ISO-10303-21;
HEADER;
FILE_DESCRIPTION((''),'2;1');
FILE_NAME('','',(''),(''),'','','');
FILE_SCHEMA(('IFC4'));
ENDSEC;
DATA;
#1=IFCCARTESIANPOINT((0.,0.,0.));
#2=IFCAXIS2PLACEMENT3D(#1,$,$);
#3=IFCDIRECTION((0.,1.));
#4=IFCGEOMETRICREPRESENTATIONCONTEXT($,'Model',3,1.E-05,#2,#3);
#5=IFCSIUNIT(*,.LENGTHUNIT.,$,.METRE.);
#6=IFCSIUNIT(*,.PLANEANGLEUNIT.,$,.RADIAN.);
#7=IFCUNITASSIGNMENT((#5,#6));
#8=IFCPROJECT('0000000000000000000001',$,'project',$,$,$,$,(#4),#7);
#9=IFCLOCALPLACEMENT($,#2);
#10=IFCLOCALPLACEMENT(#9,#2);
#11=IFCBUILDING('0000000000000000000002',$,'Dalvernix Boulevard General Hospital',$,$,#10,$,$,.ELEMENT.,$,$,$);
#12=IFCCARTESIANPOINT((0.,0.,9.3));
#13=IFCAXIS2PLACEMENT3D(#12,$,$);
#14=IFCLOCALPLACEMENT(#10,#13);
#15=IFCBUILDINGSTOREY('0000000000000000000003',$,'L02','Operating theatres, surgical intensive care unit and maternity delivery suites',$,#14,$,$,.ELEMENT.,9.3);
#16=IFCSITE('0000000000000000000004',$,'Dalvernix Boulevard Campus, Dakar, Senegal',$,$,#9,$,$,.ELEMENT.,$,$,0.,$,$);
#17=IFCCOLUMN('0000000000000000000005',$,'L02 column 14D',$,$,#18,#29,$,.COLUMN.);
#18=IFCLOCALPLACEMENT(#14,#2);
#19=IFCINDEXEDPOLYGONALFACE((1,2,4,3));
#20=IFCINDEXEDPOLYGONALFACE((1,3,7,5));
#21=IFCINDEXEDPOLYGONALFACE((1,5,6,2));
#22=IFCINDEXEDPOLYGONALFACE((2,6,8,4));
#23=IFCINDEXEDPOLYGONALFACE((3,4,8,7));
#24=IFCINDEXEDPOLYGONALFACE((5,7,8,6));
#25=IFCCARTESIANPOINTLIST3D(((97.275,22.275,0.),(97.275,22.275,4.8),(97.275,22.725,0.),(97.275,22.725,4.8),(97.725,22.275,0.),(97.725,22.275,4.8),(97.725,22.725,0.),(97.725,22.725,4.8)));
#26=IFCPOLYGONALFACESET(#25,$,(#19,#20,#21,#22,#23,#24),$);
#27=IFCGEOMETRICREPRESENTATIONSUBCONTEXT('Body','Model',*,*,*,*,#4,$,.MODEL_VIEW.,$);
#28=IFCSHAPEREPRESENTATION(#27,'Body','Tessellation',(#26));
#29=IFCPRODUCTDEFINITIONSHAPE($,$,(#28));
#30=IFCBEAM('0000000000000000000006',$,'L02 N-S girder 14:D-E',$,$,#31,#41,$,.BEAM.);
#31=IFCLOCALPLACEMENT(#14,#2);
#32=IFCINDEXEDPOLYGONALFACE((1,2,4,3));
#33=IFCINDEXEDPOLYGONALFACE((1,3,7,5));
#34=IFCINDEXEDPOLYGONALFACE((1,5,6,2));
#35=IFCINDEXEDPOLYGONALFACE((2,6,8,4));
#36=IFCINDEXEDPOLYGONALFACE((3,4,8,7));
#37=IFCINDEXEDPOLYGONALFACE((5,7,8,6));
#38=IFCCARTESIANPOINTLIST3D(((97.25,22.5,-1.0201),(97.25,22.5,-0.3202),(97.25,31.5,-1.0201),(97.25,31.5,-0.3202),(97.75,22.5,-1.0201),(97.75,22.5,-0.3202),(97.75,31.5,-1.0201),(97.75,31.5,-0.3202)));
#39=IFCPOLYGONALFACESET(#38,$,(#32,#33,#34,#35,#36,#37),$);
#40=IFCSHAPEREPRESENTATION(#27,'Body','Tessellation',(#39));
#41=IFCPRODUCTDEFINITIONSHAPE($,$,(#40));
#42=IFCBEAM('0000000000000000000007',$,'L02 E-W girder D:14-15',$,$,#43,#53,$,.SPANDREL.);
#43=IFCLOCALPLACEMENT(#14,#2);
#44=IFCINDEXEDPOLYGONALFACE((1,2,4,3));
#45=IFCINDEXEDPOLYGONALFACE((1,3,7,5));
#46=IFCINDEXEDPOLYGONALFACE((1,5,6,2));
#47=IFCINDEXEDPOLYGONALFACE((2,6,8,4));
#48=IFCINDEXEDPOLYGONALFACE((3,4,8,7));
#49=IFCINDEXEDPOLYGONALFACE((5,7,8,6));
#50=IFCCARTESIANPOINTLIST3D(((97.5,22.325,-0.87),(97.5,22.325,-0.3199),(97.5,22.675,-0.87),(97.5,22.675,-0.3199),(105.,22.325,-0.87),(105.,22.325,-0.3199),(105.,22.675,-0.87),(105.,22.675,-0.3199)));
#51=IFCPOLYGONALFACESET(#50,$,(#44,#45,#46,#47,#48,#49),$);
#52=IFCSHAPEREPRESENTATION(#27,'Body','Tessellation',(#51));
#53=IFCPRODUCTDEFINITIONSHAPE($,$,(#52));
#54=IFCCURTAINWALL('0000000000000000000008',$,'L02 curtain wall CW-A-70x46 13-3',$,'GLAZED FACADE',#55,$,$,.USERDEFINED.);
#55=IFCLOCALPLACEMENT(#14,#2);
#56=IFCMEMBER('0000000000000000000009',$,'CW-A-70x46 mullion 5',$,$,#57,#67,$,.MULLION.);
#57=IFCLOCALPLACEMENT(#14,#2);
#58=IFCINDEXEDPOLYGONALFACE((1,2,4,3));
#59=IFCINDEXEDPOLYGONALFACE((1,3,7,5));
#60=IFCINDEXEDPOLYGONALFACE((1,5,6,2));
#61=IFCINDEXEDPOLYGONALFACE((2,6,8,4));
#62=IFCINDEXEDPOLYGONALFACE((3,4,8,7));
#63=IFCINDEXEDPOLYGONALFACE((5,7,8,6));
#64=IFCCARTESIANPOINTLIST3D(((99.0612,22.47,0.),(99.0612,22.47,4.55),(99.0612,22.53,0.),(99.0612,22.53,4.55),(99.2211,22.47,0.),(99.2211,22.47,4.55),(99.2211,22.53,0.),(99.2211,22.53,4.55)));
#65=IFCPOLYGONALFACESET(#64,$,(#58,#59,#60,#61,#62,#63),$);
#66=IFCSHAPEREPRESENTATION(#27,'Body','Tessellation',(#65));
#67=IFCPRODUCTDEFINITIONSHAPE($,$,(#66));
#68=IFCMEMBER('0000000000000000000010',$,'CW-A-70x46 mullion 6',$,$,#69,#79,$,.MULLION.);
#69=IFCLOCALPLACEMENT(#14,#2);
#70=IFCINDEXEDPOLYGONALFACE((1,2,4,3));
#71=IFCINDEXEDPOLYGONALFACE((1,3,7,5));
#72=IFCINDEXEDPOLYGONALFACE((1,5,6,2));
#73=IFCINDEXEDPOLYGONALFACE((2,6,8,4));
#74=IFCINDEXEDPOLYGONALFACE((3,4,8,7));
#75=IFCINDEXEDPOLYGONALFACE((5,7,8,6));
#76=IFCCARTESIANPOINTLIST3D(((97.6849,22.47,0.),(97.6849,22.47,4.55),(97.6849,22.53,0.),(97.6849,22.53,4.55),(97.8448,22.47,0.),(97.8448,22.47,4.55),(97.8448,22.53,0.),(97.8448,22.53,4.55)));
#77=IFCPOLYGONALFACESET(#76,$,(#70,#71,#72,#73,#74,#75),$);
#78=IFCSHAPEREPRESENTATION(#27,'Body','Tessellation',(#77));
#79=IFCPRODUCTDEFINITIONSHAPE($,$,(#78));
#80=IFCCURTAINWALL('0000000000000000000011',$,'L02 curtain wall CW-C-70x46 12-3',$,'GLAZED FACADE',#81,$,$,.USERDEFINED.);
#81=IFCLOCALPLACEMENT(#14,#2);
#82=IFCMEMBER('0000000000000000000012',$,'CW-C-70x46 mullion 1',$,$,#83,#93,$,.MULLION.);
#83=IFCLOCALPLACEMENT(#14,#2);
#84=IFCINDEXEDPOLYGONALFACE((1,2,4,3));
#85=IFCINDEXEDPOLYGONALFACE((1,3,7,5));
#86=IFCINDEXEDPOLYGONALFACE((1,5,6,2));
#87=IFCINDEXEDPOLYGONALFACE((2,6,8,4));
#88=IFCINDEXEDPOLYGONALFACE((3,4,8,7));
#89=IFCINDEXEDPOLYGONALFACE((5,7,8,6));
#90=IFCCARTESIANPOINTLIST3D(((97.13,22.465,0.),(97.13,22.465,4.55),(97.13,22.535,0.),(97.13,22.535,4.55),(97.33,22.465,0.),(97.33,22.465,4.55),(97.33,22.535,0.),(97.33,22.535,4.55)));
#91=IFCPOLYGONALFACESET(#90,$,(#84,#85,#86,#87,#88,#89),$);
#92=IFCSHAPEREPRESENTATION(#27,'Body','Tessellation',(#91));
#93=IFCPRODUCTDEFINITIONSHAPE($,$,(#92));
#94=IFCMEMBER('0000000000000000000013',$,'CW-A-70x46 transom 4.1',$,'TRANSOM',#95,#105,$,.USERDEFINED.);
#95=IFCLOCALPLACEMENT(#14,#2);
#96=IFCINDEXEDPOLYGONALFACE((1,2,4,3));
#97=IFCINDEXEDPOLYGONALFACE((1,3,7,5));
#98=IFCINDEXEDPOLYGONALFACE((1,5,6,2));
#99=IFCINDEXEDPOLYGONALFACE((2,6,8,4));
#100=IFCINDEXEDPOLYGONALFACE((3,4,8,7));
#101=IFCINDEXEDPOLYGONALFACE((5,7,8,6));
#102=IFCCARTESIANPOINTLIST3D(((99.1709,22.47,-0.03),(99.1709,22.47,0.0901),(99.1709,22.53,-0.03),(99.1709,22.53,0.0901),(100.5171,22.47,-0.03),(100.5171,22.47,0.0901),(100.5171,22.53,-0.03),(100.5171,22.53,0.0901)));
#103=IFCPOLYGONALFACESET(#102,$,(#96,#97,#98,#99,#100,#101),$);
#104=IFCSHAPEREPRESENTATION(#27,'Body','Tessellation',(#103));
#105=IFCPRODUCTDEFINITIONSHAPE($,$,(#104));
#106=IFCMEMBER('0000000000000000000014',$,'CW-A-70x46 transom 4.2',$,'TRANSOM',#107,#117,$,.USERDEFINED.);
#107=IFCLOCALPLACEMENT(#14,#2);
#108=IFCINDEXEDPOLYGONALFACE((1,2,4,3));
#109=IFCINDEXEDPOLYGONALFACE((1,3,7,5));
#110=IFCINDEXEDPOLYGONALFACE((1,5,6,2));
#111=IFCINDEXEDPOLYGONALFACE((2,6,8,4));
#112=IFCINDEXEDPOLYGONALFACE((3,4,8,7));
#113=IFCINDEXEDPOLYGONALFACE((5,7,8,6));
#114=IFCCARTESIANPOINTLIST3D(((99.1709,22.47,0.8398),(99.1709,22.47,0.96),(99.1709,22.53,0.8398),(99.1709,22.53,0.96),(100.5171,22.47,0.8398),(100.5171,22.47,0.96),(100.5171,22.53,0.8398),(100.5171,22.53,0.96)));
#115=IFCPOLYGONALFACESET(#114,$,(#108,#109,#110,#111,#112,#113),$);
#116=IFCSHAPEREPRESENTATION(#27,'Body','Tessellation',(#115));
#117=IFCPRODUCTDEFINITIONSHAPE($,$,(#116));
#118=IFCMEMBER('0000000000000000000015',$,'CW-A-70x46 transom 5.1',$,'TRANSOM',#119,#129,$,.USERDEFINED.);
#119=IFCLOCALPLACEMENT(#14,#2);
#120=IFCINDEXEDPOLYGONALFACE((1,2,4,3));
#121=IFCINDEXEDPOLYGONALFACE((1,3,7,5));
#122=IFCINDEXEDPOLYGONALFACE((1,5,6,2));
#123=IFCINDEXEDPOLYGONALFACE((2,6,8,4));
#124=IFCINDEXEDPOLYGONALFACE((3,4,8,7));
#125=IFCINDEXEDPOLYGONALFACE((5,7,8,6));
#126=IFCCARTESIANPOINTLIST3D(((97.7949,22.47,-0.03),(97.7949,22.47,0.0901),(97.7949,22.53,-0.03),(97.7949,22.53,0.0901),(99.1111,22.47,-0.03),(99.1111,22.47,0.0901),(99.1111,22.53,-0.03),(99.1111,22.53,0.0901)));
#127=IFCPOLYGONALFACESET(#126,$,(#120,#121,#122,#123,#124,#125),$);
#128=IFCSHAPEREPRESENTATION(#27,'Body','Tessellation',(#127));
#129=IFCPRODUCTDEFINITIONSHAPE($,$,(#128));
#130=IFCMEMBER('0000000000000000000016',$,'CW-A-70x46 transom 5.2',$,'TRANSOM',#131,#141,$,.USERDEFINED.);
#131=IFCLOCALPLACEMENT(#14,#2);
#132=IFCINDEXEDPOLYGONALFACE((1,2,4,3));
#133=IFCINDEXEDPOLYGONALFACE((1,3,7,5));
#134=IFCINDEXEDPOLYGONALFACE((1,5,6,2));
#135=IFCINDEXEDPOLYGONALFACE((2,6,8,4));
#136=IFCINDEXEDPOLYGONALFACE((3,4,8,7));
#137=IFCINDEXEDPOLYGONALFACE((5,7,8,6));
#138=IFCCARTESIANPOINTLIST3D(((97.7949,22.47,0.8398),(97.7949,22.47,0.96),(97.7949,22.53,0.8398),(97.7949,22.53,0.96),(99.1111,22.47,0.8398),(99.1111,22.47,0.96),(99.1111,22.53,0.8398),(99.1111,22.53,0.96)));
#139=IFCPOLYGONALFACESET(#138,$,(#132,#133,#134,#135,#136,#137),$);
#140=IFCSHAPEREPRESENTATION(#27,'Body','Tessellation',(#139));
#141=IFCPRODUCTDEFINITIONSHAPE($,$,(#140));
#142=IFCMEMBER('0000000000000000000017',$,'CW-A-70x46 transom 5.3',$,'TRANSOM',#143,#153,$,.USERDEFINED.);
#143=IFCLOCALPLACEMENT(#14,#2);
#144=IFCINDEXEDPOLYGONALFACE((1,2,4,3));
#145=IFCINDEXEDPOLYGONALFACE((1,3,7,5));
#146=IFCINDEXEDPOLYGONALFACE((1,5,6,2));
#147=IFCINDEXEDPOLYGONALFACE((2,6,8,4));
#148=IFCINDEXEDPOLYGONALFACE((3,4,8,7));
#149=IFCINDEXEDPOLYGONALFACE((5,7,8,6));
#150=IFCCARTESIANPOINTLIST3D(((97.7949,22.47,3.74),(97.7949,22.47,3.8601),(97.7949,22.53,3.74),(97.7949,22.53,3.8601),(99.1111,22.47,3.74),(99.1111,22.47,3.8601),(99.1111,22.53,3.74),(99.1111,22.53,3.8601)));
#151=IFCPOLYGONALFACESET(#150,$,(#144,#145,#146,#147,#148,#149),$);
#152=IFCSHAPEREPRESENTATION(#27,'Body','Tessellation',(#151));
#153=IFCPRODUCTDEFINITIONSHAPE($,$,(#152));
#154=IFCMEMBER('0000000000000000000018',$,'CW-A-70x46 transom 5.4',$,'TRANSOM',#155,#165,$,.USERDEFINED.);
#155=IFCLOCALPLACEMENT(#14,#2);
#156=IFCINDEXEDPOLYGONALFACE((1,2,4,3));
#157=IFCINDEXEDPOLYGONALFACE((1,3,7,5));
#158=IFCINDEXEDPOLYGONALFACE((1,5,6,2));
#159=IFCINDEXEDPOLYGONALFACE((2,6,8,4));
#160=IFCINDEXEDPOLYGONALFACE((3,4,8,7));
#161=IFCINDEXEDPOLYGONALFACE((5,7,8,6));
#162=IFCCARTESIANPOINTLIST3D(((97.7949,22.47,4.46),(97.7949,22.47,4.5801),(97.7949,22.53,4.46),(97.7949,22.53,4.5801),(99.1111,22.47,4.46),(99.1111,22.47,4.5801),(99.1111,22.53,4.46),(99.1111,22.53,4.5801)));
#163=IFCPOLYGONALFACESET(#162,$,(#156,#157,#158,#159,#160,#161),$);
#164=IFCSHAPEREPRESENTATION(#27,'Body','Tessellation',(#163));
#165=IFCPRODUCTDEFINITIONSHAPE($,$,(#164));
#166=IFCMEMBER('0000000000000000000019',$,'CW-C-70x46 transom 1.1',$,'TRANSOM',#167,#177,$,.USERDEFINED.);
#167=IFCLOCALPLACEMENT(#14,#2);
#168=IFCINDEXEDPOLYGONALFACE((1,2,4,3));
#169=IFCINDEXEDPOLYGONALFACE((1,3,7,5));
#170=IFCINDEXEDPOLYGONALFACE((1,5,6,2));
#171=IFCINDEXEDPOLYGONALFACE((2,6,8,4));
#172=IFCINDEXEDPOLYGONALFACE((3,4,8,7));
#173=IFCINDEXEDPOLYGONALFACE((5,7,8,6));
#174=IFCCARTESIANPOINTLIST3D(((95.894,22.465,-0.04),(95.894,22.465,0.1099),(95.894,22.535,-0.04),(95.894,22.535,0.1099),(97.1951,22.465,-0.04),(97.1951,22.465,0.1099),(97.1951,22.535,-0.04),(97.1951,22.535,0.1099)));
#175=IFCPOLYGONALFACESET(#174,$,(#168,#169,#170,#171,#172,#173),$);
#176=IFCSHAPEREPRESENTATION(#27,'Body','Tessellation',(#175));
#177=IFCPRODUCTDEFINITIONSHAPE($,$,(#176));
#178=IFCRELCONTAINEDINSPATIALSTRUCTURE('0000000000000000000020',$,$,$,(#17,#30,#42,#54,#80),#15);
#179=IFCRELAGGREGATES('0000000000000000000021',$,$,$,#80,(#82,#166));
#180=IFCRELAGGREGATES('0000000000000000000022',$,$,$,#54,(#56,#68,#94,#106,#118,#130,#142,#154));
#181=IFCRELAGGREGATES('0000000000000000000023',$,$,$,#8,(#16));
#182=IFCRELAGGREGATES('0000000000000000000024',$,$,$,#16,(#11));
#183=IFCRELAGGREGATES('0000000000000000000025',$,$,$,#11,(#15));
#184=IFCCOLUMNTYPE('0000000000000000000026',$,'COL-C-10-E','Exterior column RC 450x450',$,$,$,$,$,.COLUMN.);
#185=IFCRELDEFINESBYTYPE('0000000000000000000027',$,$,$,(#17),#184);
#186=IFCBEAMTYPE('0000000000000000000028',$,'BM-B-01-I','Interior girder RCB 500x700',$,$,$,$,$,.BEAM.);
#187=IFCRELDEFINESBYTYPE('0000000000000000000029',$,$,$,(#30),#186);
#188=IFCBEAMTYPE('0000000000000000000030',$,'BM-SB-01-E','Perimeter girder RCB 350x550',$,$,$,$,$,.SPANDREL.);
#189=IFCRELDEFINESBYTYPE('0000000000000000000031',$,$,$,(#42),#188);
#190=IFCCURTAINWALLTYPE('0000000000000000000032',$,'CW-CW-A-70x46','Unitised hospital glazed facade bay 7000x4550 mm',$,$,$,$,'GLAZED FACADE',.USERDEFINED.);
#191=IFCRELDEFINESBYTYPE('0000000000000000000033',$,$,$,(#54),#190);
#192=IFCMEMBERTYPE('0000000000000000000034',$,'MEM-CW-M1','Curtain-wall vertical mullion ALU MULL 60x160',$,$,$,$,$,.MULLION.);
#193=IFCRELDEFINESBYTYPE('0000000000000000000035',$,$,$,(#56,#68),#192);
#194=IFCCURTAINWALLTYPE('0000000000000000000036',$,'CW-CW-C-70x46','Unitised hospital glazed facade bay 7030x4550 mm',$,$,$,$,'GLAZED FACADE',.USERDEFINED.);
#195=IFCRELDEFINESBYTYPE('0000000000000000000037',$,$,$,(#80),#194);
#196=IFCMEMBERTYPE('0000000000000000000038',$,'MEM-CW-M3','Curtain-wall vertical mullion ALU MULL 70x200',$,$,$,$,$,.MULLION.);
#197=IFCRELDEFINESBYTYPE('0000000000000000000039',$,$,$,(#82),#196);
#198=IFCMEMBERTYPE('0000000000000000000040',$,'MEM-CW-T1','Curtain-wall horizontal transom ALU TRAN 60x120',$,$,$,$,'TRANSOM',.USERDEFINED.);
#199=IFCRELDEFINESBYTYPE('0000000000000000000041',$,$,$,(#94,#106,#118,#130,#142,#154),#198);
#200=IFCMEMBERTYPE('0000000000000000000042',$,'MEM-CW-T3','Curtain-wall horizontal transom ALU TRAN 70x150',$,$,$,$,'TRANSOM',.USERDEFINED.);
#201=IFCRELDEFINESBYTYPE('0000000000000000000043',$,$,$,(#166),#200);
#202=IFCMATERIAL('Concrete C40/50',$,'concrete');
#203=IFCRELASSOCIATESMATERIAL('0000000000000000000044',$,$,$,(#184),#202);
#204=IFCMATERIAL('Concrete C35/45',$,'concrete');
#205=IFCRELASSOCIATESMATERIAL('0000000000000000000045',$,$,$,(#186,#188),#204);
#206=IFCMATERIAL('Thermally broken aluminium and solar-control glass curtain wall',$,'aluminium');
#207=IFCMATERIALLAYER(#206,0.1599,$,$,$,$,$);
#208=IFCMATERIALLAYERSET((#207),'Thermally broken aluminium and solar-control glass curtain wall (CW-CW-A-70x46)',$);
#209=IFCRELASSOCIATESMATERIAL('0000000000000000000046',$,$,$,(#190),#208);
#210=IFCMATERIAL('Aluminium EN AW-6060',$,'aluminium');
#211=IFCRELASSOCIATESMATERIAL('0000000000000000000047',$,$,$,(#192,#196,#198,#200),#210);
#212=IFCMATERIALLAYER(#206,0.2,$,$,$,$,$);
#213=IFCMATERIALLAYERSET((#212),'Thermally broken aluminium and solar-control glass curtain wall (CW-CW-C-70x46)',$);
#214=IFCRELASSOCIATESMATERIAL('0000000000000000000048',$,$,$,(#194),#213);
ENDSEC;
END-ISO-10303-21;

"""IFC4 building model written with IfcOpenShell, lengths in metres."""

from ifc_helpers import new_model, si_unit, direction, frame, origin, origin_2d, place, context, subcontext, project, spatial, rectangle, extrude, material, layer, layer_set, material_profile, profile_set, type_object, element, aggregate, save


model = new_model("IFC4")

# Units and contexts
model_context = context("Model", 3, precision=1e-05, world=origin(), true_north=direction((0.0, 1.0)))
body_context = subcontext(model_context, "Body", "Model", "MODEL_VIEW")
ifc_project = project(units=[si_unit("LENGTHUNIT", "METRE"), si_unit("PLANEANGLEUNIT", "RADIAN")], contexts=[model_context])

# Site, building, storey
site_placement = place(None, origin())
site = spatial("IfcSite", under=ifc_project, at=site_placement, Name="Dalvernix Boulevard Campus, Dakar, Senegal", CompositionType="ELEMENT", RefElevation=0.0)
building_placement = place(site_placement, origin())
building = spatial("IfcBuilding", under=site, at=building_placement, Name="Dalvernix Boulevard General Hospital", CompositionType="ELEMENT")
storey_placement = place(building_placement, frame((0.0, 0.0, 9.3)))
storey = spatial("IfcBuildingStorey", under=building, at=storey_placement, Name="L02", Description="Operating theatres, surgical intensive care unit and maternity delivery suites", CompositionType="ELEMENT", Elevation=9.3)

# Column
ifc_material_1 = material(Name="Concrete C40/50", Category="concrete")
ifc_material_profile_1 = material_profile(ifc_material_1, rectangle(XDim=0.45, YDim=0.45, at=origin_2d()), Name="RC 450x450")
ifc_profile_set_1 = profile_set([ifc_material_profile_1], Name="Concrete C40/50")
column_type = type_object("IfcColumnType", Name="COL-C-10-E", Description="Exterior column RC 450x450", PredefinedType="COLUMN", material=ifc_profile_set_1)
column_placement = place(storey_placement, frame((97.5, 22.5, 0.0), z_axis=(0.0, 0.0, 1.0), x_axis=(1.0, 0.0, 0.0)))
element("IfcColumn", 1, at=column_placement, inside=storey, type_object=column_type, Name="L02 column 14D", PredefinedType="COLUMN", context=body_context, shape_type="SweptSolid", body=[
    extrude(rectangle(XDim=0.45, YDim=0.45, at=origin_2d()), origin(), (0.0, 0.0, 1.0), 4.8),
])

# Beams
ifc_material_2 = material(Name="Concrete C35/45", Category="concrete")
ifc_material_profile_2 = material_profile(ifc_material_2, rectangle(XDim=0.5, YDim=0.7, at=origin_2d()), Name="RCB 500x700")
ifc_profile_set_2 = profile_set([ifc_material_profile_2], Name="Concrete C35/45")
beam_type_1 = type_object("IfcBeamType", Name="BM-B-01-I", Description="Interior girder RCB 500x700", PredefinedType="BEAM", material=ifc_profile_set_2)
beam_1_placement = place(storey_placement, frame((97.5, 22.5, -0.6702), z_axis=(0.0, 1.0, 0.0), x_axis=(-1.0, 0.0, 0.0)))
element("IfcBeam", 2, at=beam_1_placement, inside=storey, type_object=beam_type_1, Name="L02 N-S girder 14:D-E", PredefinedType="BEAM", context=body_context, shape_type="SweptSolid", body=[
    extrude(rectangle(XDim=0.5, YDim=0.7, at=origin_2d()), origin(), (0.0, 0.0, 1.0), 9.0),
])
ifc_material_profile_3 = material_profile(ifc_material_2, rectangle(XDim=0.3501, YDim=0.55, at=origin_2d()), Name="RCB 350x550")
ifc_profile_set_3 = profile_set([ifc_material_profile_3], Name="Concrete C35/45")
beam_type_2 = type_object("IfcBeamType", Name="BM-SB-01-E", Description="Perimeter girder RCB 350x550", PredefinedType="SPANDREL", material=ifc_profile_set_3)
beam_2_placement = place(storey_placement, frame((97.5, 22.5, -0.595), z_axis=(1.0, 0.0, 0.0), x_axis=(0.0, 1.0, 0.0)))
element("IfcBeam", 3, at=beam_2_placement, inside=storey, type_object=beam_type_2, Name="L02 E-W girder D:14-15", PredefinedType="SPANDREL", context=body_context, shape_type="SweptSolid", body=[
    extrude(rectangle(XDim=0.3501, YDim=0.55, at=origin_2d()), origin(), (0.0, 0.0, 1.0), 7.5),
])

# Curtain wall, members
ifc_material_3 = material(Name="Thermally broken aluminium and solar-control glass curtain wall", Category="aluminium")
ifc_layer_1 = layer(ifc_material_3, 0.1599)
ifc_layer_set_1 = layer_set([ifc_layer_1], Name="Thermally broken aluminium and solar-control glass curtain wall (CW-CW-A-70x46)")
curtain_wall_type_1 = type_object("IfcCurtainWallType", Name="CW-CW-A-70x46", Description="Unitised hospital glazed facade bay 7000x4550 mm", ElementType="GLAZED FACADE", PredefinedType="USERDEFINED", material=ifc_layer_set_1)
curtain_wall_1_placement = place(storey_placement, origin())
curtain_wall_1 = element("IfcCurtainWall", 4, at=curtain_wall_1_placement, inside=storey, type_object=curtain_wall_type_1, Name="L02 curtain wall CW-A-70x46 13-3", ObjectType="GLAZED FACADE", PredefinedType="USERDEFINED")
ifc_material_4 = material(Name="Aluminium EN AW-6060", Category="aluminium")
ifc_material_profile_4 = material_profile(ifc_material_4, rectangle(XDim=0.0601, YDim=0.1599, at=origin_2d()), Name="ALU MULL 60x160")
ifc_profile_set_4 = profile_set([ifc_material_profile_4], Name="Aluminium EN AW-6060")
member_type_1 = type_object("IfcMemberType", Name="MEM-CW-M1", Description="Curtain-wall vertical mullion ALU MULL 60x160", PredefinedType="MULLION", material=ifc_profile_set_4)
member_1_placement = place(storey_placement, frame((99.1411, 22.5, 0.0), z_axis=(0.0, 0.0, 1.0), x_axis=(0.0, -1.0, 0.0)))
member_1 = element("IfcMember", 5, at=member_1_placement, type_object=member_type_1, Name="CW-A-70x46 mullion 5", PredefinedType="MULLION", context=body_context, shape_type="SweptSolid", body=[
    extrude(rectangle(XDim=0.0601, YDim=0.1599, at=origin_2d()), origin(), (0.0, 0.0, 1.0), 4.55),
])
member_2_placement = place(storey_placement, frame((97.7649, 22.5, 0.0), z_axis=(0.0, 0.0, 1.0), x_axis=(0.0, -1.0, 0.0)))
member_2 = element("IfcMember", 6, at=member_2_placement, type_object=member_type_1, Name="CW-A-70x46 mullion 6", PredefinedType="MULLION", context=body_context, shape_type="SweptSolid", body=[
    extrude(rectangle(XDim=0.0601, YDim=0.1599, at=origin_2d()), origin(), (0.0, 0.0, 1.0), 4.55),
])

# Curtain wall, member
ifc_layer_2 = layer(ifc_material_3, 0.2)
ifc_layer_set_2 = layer_set([ifc_layer_2], Name="Thermally broken aluminium and solar-control glass curtain wall (CW-CW-C-70x46)")
curtain_wall_type_2 = type_object("IfcCurtainWallType", Name="CW-CW-C-70x46", Description="Unitised hospital glazed facade bay 7030x4550 mm", ElementType="GLAZED FACADE", PredefinedType="USERDEFINED", material=ifc_layer_set_2)
curtain_wall_2_placement = place(storey_placement, origin())
curtain_wall_2 = element("IfcCurtainWall", 7, at=curtain_wall_2_placement, inside=storey, type_object=curtain_wall_type_2, Name="L02 curtain wall CW-C-70x46 12-3", ObjectType="GLAZED FACADE", PredefinedType="USERDEFINED")
ifc_material_profile_5 = material_profile(ifc_material_4, rectangle(XDim=0.0701, YDim=0.2, at=origin_2d()), Name="ALU MULL 70x200")
ifc_profile_set_5 = profile_set([ifc_material_profile_5], Name="Aluminium EN AW-6060")
member_type_2 = type_object("IfcMemberType", Name="MEM-CW-M3", Description="Curtain-wall vertical mullion ALU MULL 70x200", PredefinedType="MULLION", material=ifc_profile_set_5)
member_3_placement = place(storey_placement, frame((97.23, 22.5, 0.0), z_axis=(0.0, 0.0, 1.0), x_axis=(0.0, -1.0, 0.0)))
member_3 = element("IfcMember", 8, at=member_3_placement, type_object=member_type_2, Name="CW-C-70x46 mullion 1", PredefinedType="MULLION", context=body_context, shape_type="SweptSolid", body=[
    extrude(rectangle(XDim=0.0701, YDim=0.2, at=origin_2d()), origin(), (0.0, 0.0, 1.0), 4.55),
])

# Members
ifc_material_profile_6 = material_profile(ifc_material_4, rectangle(XDim=0.0601, YDim=0.1201, at=origin_2d()), Name="ALU TRAN 60x120")
ifc_profile_set_6 = profile_set([ifc_material_profile_6], Name="Aluminium EN AW-6060")
member_type_3 = type_object("IfcMemberType", Name="MEM-CW-T1", Description="Curtain-wall horizontal transom ALU TRAN 60x120", ElementType="TRANSOM", PredefinedType="USERDEFINED", material=ifc_profile_set_6)
member_4_placement = place(storey_placement, frame((100.5171, 22.5, 0.03), z_axis=(-1.0, 0.0, 0.0), x_axis=(0.0, -1.0, 0.0)))
member_4 = element("IfcMember", 9, at=member_4_placement, type_object=member_type_3, Name="CW-A-70x46 transom 4.1", ObjectType="TRANSOM", PredefinedType="USERDEFINED", context=body_context, shape_type="SweptSolid", body=[
    extrude(rectangle(XDim=0.0601, YDim=0.1201, at=origin_2d()), origin(), (0.0, 0.0, 1.0), 1.3462),
])
member_5_placement = place(storey_placement, frame((100.5171, 22.5, 0.8999), z_axis=(-1.0, 0.0, 0.0), x_axis=(0.0, -1.0, 0.0)))
member_5 = element("IfcMember", 10, at=member_5_placement, type_object=member_type_3, Name="CW-A-70x46 transom 4.2", ObjectType="TRANSOM", PredefinedType="USERDEFINED", context=body_context, shape_type="SweptSolid", body=[
    extrude(rectangle(XDim=0.0601, YDim=0.1201, at=origin_2d()), origin(), (0.0, 0.0, 1.0), 1.3462),
])
member_6_placement = place(storey_placement, frame((99.1111, 22.5, 0.03), z_axis=(-1.0, 0.0, 0.0), x_axis=(0.0, -1.0, 0.0)))
member_6 = element("IfcMember", 11, at=member_6_placement, type_object=member_type_3, Name="CW-A-70x46 transom 5.1", ObjectType="TRANSOM", PredefinedType="USERDEFINED", context=body_context, shape_type="SweptSolid", body=[
    extrude(rectangle(XDim=0.0601, YDim=0.1201, at=origin_2d()), origin(), (0.0, 0.0, 1.0), 1.3162),
])
member_7_placement = place(storey_placement, frame((99.1111, 22.5, 0.8999), z_axis=(-1.0, 0.0, 0.0), x_axis=(0.0, -1.0, 0.0)))
member_7 = element("IfcMember", 12, at=member_7_placement, type_object=member_type_3, Name="CW-A-70x46 transom 5.2", ObjectType="TRANSOM", PredefinedType="USERDEFINED", context=body_context, shape_type="SweptSolid", body=[
    extrude(rectangle(XDim=0.0601, YDim=0.1201, at=origin_2d()), origin(), (0.0, 0.0, 1.0), 1.3162),
])
member_8_placement = place(storey_placement, frame((99.1111, 22.5, 3.8), z_axis=(-1.0, 0.0, 0.0), x_axis=(0.0, -1.0, 0.0)))
member_8 = element("IfcMember", 13, at=member_8_placement, type_object=member_type_3, Name="CW-A-70x46 transom 5.3", ObjectType="TRANSOM", PredefinedType="USERDEFINED", context=body_context, shape_type="SweptSolid", body=[
    extrude(rectangle(XDim=0.0601, YDim=0.1201, at=origin_2d()), origin(), (0.0, 0.0, 1.0), 1.3162),
])
member_9_placement = place(storey_placement, frame((99.1111, 22.5, 4.52), z_axis=(-1.0, 0.0, 0.0), x_axis=(0.0, -1.0, 0.0)))
member_9 = element("IfcMember", 14, at=member_9_placement, type_object=member_type_3, Name="CW-A-70x46 transom 5.4", ObjectType="TRANSOM", PredefinedType="USERDEFINED", context=body_context, shape_type="SweptSolid", body=[
    extrude(rectangle(XDim=0.0601, YDim=0.1201, at=origin_2d()), origin(), (0.0, 0.0, 1.0), 1.3162),
])
ifc_material_profile_7 = material_profile(ifc_material_4, rectangle(XDim=0.0701, YDim=0.1499, at=origin_2d()), Name="ALU TRAN 70x150")
ifc_profile_set_7 = profile_set([ifc_material_profile_7], Name="Aluminium EN AW-6060")
member_type_4 = type_object("IfcMemberType", Name="MEM-CW-T3", Description="Curtain-wall horizontal transom ALU TRAN 70x150", ElementType="TRANSOM", PredefinedType="USERDEFINED", material=ifc_profile_set_7)
member_10_placement = place(storey_placement, frame((97.1951, 22.5, 0.0349), z_axis=(-1.0, 0.0, 0.0), x_axis=(0.0, -1.0, 0.0)))
member_10 = element("IfcMember", 15, at=member_10_placement, type_object=member_type_4, Name="CW-C-70x46 transom 1.1", ObjectType="TRANSOM", PredefinedType="USERDEFINED", context=body_context, shape_type="SweptSolid", body=[
    extrude(rectangle(XDim=0.0701, YDim=0.1499, at=origin_2d()), origin(), (0.0, 0.0, 1.0), 1.301),
])
aggregate(curtain_wall_2, [member_3, member_10])

aggregate(curtain_wall_1, [member_1, member_2, member_4, member_5, member_6, member_7, member_8, member_9])

save(model, "model.ifc")
